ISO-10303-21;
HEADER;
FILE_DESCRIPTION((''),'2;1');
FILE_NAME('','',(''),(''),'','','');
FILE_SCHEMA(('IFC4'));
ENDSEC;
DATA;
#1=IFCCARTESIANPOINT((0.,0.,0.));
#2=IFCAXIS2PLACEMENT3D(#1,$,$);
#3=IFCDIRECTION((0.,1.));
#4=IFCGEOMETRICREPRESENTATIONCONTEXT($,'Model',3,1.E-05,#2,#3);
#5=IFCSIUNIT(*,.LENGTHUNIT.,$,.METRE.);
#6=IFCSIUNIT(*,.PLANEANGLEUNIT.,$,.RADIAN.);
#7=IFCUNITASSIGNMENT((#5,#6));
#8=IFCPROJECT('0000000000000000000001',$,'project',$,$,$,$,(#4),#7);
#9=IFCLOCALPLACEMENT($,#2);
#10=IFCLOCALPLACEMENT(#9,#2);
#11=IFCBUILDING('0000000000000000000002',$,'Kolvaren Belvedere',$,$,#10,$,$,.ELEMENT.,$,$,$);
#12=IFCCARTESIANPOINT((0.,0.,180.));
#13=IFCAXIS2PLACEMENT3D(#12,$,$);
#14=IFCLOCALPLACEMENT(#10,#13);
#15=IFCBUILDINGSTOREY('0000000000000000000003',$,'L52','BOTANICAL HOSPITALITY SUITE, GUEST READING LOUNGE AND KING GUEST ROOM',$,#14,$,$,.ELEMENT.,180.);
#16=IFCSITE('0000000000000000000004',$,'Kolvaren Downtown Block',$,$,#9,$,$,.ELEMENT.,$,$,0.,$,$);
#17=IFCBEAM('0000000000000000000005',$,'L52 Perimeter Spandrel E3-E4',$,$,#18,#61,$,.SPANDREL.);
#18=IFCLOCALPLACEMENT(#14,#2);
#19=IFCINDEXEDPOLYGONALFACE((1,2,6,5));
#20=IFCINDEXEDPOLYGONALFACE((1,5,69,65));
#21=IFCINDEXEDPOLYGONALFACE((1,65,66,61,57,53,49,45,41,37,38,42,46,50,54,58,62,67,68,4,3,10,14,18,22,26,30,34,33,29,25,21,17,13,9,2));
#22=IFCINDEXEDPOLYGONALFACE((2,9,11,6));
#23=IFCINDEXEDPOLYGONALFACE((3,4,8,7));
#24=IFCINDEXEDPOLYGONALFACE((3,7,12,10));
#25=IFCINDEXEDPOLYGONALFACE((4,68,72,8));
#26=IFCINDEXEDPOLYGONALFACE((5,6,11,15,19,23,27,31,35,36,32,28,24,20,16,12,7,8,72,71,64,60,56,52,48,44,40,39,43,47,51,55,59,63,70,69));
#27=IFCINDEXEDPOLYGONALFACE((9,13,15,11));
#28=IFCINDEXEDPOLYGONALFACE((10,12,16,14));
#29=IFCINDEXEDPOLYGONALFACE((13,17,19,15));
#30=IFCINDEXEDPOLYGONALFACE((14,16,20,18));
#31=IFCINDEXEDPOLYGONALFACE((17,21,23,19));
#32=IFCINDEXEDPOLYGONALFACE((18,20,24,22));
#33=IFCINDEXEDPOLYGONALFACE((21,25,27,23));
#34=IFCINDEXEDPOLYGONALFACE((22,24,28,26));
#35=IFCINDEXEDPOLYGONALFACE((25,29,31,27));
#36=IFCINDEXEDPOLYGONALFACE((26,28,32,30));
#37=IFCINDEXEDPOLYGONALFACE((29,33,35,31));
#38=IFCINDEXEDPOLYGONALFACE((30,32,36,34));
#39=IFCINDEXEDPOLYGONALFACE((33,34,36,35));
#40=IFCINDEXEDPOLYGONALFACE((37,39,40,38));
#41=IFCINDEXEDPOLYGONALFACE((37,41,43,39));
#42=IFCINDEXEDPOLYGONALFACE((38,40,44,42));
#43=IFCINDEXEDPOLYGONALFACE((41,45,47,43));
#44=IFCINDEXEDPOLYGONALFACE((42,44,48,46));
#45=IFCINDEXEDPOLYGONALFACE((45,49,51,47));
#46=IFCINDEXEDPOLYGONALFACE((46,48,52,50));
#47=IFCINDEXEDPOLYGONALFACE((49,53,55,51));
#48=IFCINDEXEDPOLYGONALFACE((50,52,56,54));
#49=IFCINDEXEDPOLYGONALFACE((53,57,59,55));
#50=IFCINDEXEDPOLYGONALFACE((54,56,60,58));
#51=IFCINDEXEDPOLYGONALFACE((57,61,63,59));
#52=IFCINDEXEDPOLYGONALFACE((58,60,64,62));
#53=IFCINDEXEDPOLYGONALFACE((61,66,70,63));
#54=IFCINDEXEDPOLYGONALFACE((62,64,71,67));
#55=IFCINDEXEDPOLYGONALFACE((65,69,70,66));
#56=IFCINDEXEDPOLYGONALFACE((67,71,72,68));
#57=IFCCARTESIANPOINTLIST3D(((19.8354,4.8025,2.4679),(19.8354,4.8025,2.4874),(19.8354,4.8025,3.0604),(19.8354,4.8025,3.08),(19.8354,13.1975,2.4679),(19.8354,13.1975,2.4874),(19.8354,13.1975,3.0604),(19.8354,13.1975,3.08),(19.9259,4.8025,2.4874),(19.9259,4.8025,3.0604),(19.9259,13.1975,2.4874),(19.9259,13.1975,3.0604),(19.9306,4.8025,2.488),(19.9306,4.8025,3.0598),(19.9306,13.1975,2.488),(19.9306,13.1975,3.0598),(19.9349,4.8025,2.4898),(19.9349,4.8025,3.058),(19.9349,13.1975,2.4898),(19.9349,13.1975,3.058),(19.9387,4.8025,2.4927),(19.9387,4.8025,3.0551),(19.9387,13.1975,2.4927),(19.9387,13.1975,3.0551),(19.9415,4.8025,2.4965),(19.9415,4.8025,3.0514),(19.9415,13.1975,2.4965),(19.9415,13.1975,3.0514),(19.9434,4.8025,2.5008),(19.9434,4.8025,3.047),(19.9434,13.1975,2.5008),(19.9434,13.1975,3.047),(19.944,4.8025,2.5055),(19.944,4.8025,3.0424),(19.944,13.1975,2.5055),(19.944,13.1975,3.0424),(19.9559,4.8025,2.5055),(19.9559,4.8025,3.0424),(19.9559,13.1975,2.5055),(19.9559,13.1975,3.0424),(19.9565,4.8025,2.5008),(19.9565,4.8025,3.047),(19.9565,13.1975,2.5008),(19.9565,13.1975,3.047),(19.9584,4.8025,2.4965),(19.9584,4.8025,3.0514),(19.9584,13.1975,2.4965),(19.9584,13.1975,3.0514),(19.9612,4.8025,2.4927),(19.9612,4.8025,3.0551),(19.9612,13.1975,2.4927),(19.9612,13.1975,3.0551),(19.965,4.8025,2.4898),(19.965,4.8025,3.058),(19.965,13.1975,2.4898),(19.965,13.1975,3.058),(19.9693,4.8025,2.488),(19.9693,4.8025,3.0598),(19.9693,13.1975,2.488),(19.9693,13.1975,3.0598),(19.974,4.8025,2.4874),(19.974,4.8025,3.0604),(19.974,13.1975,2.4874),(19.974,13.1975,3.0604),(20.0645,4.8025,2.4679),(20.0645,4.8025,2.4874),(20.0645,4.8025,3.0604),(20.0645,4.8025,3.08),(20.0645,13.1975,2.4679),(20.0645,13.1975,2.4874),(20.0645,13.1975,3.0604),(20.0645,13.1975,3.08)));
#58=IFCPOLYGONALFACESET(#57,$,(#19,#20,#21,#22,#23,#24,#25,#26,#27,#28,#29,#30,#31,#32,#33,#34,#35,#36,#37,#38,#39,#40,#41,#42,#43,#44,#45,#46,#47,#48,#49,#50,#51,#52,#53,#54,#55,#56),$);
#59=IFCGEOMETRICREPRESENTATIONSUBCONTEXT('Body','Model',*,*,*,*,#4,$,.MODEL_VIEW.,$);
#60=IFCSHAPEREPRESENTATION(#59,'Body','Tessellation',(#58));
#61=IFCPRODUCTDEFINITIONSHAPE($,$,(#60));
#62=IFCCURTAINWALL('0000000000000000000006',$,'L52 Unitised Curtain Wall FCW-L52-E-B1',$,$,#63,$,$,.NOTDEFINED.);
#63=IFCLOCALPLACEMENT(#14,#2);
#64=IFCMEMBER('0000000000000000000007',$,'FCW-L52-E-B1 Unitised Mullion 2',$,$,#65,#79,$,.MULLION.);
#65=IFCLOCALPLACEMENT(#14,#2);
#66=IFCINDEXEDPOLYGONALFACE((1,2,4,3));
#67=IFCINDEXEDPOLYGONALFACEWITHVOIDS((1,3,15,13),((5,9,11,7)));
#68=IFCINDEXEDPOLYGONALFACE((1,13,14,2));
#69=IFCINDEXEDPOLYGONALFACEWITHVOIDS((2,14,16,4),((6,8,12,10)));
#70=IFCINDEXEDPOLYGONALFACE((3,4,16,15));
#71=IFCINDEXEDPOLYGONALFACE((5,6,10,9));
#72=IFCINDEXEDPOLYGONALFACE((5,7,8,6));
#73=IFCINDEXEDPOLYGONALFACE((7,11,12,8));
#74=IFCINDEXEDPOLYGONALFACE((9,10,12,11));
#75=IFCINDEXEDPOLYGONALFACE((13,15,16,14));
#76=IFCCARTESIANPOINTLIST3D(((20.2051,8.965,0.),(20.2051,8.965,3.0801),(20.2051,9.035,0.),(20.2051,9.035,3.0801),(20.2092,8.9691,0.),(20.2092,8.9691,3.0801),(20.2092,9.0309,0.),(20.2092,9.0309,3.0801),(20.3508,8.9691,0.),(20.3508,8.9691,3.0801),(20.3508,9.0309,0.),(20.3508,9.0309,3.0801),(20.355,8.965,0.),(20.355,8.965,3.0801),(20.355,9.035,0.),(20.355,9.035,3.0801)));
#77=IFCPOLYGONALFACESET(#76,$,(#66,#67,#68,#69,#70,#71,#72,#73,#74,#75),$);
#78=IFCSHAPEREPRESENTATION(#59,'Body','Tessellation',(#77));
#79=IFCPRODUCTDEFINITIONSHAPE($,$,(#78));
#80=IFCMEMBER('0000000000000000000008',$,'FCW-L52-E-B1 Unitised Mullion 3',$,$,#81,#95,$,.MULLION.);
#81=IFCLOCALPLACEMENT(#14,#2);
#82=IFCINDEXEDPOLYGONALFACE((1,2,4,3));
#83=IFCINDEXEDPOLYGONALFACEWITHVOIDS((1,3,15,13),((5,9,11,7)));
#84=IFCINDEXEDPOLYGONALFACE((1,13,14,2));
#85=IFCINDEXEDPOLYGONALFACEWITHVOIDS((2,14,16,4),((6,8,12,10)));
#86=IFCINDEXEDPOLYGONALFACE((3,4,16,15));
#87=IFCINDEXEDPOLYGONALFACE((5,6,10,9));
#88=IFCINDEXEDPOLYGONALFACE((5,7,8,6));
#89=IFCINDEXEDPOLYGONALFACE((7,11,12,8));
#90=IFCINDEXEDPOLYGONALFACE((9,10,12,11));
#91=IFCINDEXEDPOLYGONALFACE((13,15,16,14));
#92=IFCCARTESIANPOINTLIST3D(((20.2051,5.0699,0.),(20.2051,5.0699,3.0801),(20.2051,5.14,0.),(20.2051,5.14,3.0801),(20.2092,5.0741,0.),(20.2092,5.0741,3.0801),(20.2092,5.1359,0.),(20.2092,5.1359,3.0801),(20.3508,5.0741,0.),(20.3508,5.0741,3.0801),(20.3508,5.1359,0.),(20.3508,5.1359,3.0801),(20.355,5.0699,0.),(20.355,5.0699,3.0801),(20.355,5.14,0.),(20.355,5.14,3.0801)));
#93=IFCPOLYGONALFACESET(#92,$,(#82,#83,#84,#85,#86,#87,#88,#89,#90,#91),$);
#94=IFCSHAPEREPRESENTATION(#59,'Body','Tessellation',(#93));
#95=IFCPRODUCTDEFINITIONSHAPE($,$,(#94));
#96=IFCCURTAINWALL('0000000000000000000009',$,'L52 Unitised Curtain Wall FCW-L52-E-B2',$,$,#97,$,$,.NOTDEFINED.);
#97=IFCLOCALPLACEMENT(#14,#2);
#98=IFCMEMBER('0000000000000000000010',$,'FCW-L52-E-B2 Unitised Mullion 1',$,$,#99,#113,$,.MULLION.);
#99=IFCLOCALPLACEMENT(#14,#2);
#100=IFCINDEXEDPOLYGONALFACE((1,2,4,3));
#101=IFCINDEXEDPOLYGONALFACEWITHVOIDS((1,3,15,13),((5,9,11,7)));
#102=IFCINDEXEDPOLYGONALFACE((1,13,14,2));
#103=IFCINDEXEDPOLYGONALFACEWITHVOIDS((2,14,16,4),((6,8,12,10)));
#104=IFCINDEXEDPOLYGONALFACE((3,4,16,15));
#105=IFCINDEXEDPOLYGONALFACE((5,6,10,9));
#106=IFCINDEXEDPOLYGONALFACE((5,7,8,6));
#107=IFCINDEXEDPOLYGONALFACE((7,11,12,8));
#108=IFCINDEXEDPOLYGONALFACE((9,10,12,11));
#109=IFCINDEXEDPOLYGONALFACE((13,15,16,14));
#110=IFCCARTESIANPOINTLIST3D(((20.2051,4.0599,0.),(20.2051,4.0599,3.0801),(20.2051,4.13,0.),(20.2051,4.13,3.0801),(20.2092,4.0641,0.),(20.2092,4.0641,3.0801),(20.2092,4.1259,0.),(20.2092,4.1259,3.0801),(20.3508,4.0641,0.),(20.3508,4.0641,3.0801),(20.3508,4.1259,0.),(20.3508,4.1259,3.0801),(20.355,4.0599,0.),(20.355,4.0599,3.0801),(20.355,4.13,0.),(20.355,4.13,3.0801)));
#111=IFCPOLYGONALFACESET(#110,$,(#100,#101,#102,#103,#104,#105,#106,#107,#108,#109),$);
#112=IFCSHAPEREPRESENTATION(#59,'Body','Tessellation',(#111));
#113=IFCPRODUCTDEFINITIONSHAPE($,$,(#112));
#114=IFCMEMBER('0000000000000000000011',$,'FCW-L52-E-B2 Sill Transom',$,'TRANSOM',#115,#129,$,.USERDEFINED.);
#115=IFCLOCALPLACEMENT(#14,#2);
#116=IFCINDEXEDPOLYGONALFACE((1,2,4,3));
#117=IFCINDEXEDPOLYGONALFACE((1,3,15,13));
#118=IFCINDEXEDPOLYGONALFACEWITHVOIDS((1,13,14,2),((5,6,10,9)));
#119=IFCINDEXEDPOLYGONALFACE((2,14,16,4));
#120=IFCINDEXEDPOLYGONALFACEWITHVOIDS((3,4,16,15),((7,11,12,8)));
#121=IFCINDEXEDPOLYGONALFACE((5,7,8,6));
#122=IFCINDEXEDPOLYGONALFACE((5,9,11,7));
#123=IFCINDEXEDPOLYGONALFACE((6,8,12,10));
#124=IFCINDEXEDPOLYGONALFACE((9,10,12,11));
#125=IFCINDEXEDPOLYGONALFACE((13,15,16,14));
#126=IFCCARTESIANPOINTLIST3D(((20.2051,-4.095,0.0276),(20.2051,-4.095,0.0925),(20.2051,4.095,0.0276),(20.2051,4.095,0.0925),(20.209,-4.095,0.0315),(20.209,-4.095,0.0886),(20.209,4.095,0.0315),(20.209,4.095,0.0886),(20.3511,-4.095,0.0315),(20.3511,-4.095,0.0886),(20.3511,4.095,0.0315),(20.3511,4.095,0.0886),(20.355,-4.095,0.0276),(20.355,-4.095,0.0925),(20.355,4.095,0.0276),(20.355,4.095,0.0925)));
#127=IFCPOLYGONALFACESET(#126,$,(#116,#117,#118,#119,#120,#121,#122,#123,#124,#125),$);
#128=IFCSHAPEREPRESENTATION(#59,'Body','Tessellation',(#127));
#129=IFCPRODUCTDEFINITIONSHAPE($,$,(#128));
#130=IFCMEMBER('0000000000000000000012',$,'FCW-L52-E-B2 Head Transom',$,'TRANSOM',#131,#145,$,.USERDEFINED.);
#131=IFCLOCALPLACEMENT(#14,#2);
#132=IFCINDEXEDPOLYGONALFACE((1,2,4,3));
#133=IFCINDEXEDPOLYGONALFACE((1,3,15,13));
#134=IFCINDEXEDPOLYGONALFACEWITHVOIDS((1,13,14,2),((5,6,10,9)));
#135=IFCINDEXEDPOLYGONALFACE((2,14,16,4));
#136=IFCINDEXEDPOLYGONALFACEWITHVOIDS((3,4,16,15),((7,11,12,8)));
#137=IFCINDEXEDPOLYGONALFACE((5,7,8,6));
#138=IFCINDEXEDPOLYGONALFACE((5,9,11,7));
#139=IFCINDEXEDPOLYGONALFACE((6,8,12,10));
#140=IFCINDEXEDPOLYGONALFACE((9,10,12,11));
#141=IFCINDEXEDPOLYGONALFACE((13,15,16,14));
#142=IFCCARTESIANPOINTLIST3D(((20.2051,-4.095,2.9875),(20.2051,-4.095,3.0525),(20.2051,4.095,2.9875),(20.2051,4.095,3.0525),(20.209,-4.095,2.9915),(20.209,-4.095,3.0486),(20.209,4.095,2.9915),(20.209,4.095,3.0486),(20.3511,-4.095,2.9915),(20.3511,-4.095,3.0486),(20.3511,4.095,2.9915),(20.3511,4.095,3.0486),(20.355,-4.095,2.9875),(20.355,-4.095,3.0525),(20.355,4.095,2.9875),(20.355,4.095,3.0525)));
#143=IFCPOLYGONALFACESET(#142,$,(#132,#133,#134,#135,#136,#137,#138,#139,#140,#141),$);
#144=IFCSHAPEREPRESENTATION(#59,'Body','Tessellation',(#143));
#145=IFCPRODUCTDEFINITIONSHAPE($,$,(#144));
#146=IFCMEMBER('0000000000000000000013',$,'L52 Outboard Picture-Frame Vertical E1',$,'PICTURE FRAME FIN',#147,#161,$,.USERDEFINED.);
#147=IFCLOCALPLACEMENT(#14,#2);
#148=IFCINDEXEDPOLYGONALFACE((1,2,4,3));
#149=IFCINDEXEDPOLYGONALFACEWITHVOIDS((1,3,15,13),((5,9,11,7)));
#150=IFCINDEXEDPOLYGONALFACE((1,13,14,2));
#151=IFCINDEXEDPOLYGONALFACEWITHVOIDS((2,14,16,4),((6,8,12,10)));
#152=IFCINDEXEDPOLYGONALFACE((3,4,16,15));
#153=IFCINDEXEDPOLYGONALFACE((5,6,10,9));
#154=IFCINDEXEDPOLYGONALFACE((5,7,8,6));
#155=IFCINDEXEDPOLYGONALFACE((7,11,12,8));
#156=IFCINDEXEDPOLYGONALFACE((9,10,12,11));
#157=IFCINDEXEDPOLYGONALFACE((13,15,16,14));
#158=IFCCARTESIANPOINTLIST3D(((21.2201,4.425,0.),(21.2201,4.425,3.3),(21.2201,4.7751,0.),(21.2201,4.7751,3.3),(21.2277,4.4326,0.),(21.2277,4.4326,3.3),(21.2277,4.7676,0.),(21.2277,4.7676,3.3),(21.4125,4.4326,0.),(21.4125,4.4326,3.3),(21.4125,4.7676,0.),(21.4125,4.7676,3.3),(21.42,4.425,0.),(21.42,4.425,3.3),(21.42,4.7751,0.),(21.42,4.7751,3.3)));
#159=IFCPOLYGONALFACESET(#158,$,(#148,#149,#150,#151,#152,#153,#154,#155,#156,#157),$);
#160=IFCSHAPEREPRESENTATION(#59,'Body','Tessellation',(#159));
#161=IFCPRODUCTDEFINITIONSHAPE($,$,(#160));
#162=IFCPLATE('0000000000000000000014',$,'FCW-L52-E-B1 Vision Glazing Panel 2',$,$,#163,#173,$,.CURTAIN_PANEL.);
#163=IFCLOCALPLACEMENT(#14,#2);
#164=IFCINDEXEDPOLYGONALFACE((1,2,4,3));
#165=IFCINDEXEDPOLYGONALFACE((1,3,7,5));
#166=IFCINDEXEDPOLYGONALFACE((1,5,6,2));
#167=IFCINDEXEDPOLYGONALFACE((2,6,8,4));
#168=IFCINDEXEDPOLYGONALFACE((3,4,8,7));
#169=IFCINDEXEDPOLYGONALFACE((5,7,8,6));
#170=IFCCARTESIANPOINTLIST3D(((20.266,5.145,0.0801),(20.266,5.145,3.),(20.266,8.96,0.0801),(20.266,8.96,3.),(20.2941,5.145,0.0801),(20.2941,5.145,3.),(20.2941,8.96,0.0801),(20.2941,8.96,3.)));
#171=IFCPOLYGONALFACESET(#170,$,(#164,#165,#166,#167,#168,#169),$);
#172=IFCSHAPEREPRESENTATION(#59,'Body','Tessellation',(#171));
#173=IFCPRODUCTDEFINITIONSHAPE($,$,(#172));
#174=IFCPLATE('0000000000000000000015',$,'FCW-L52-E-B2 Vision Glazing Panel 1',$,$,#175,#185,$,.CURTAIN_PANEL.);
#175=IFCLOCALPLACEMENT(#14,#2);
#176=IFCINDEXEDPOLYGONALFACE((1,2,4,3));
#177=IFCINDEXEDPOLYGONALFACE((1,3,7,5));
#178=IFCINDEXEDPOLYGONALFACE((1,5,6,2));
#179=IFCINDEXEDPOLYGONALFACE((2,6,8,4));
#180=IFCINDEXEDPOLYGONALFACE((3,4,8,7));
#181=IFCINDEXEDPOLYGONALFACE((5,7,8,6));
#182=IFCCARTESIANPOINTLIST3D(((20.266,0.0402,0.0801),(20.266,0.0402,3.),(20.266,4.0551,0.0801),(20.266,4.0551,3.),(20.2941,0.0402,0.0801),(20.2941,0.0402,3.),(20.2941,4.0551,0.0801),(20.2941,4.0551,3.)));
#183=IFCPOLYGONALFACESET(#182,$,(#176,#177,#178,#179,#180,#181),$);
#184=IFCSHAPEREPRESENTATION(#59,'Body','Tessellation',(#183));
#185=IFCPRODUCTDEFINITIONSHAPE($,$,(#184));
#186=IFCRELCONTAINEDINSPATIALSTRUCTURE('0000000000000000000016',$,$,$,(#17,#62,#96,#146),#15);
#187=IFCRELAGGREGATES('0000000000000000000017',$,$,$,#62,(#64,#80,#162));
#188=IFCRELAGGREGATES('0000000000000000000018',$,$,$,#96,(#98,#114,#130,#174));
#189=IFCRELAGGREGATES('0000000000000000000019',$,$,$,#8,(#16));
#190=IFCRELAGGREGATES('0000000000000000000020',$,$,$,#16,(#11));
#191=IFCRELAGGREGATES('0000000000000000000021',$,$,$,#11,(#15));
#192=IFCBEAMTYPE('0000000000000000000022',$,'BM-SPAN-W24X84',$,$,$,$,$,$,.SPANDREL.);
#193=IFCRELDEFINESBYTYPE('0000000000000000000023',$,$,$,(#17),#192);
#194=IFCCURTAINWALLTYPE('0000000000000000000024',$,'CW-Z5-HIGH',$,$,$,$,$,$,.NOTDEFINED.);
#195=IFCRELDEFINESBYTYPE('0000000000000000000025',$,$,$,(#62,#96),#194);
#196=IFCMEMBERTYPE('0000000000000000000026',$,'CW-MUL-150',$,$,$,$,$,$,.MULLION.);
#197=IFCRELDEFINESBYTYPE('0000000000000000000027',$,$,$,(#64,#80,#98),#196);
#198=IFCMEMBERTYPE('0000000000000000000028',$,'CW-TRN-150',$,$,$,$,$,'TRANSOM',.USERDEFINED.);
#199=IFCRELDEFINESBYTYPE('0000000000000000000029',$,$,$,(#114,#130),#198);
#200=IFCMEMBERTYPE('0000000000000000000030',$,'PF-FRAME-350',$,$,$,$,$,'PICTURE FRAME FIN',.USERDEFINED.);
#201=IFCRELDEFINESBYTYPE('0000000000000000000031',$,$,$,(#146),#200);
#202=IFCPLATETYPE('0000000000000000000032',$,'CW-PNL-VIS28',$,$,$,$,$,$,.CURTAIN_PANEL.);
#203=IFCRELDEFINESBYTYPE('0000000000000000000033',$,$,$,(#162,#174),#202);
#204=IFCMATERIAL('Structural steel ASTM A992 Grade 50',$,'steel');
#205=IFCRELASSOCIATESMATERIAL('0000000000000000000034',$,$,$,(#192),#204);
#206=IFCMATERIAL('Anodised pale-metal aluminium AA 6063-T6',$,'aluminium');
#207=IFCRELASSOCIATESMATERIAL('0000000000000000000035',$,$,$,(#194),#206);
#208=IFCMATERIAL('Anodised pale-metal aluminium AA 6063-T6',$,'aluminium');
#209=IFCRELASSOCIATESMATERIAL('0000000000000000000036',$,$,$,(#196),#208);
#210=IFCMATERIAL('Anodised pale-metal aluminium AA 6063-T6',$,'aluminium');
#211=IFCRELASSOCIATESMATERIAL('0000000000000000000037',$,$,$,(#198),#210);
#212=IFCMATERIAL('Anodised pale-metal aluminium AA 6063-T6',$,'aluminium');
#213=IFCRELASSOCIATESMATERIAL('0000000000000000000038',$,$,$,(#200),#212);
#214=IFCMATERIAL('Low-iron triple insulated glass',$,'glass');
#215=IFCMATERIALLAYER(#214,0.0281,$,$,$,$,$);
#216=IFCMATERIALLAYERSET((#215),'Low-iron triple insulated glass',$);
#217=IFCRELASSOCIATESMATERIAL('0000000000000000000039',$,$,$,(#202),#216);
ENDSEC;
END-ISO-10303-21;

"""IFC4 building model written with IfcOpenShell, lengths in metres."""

from ifc_helpers import new_model, si_unit, direction, frame, origin, origin_2d, place, context, subcontext, project, spatial, rectangle, hollow_rectangle, i_section, extrude, material, layer, layer_set, material_profile, profile_set, type_object, element, aggregate, save


model = new_model("IFC4")

# Units and contexts
model_context = context("Model", 3, precision=1e-05, world=origin(), true_north=direction((0.0, 1.0)))
body_context = subcontext(model_context, "Body", "Model", "MODEL_VIEW")
ifc_project = project(units=[si_unit("LENGTHUNIT", "METRE"), si_unit("PLANEANGLEUNIT", "RADIAN")], contexts=[model_context])

# Site, building, storey
site_placement = place(None, origin())
site = spatial("IfcSite", under=ifc_project, at=site_placement, Name="Kolvaren Downtown Block", CompositionType="ELEMENT", RefElevation=0.0)
building_placement = place(site_placement, origin())
building = spatial("IfcBuilding", under=site, at=building_placement, Name="Kolvaren Belvedere", CompositionType="ELEMENT")
storey_placement = place(building_placement, frame((0.0, 0.0, 180.0)))
storey = spatial("IfcBuildingStorey", under=building, at=storey_placement, Name="L52", Description="BOTANICAL HOSPITALITY SUITE, GUEST READING LOUNGE AND KING GUEST ROOM", CompositionType="ELEMENT", Elevation=180.0)

# Beam
ifc_material_1 = material(Name="Structural steel ASTM A992 Grade 50", Category="steel")
ifc_material_profile_1 = material_profile(ifc_material_1, i_section(OverallWidth=0.229, OverallDepth=0.6121, WebThickness=0.012, FlangeThickness=0.0195, FilletRadius=0.0181, at=origin_2d()), Name="W24X84")
ifc_profile_set_1 = profile_set([ifc_material_profile_1], Name="Structural steel ASTM A992 Grade 50")
beam_type_1 = type_object("IfcBeamType", Name="BM-SPAN-W24X84", PredefinedType="SPANDREL", material=ifc_profile_set_1)
beam_1_placement = place(storey_placement, frame((19.95, 4.8025, 2.7739), z_axis=(0.0, 1.0, 0.0), x_axis=(-1.0, 0.0, 0.0)))
element("IfcBeam", 1, at=beam_1_placement, inside=storey, type_object=beam_type_1, Name="L52 Perimeter Spandrel E3-E4", PredefinedType="SPANDREL", context=body_context, shape_type="SweptSolid", body=[
    extrude(i_section(OverallWidth=0.229, OverallDepth=0.6121, WebThickness=0.012, FlangeThickness=0.0195, FilletRadius=0.0181, at=origin_2d()), origin(), (0.0, 0.0, 1.0), 8.395),
])

# Curtain walls, members
ifc_material_2 = material(Name="Anodised pale-metal aluminium AA 6063-T6", Category="aluminium")
curtain_wall_type = type_object("IfcCurtainWallType", Name="CW-Z5-HIGH", PredefinedType="NOTDEFINED", material=ifc_material_2)
curtain_wall_1_placement = place(storey_placement, origin())
curtain_wall_1 = element("IfcCurtainWall", 2, at=curtain_wall_1_placement, inside=storey, type_object=curtain_wall_type, Name="L52 Unitised Curtain Wall FCW-L52-E-B1", PredefinedType="NOTDEFINED")
ifc_material_3 = material(Name="Anodised pale-metal aluminium AA 6063-T6", Category="aluminium")
ifc_material_profile_2 = material_profile(ifc_material_3, hollow_rectangle(XDim=0.0701, YDim=0.1499, WallThickness=0.0042, at=origin_2d()), Name="ALU-MUL-150X70")
ifc_profile_set_2 = profile_set([ifc_material_profile_2], Name="Anodised pale-metal aluminium AA 6063-T6")
member_type_1 = type_object("IfcMemberType", Name="CW-MUL-150", PredefinedType="MULLION", material=ifc_profile_set_2)
member_1_placement = place(storey_placement, frame((20.28, 9.0, 0.0), z_axis=(0.0, 0.0, 1.0), x_axis=(0.0, 1.0, 0.0)))
member_1 = element("IfcMember", 3, at=member_1_placement, type_object=member_type_1, Name="FCW-L52-E-B1 Unitised Mullion 2", PredefinedType="MULLION", context=body_context, shape_type="SweptSolid", body=[
    extrude(hollow_rectangle(XDim=0.0701, YDim=0.1499, WallThickness=0.0042, at=origin_2d()), origin(), (0.0, 0.0, 1.0), 3.0801),
])
member_2_placement = place(storey_placement, frame((20.28, 5.105, 0.0), z_axis=(0.0, 0.0, 1.0), x_axis=(0.0, 1.0, 0.0)))
member_2 = element("IfcMember", 4, at=member_2_placement, type_object=member_type_1, Name="FCW-L52-E-B1 Unitised Mullion 3", PredefinedType="MULLION", context=body_context, shape_type="SweptSolid", body=[
    extrude(hollow_rectangle(XDim=0.0701, YDim=0.1499, WallThickness=0.0042, at=origin_2d()), origin(), (0.0, 0.0, 1.0), 3.0801),
])
curtain_wall_2_placement = place(storey_placement, origin())
curtain_wall_2 = element("IfcCurtainWall", 5, at=curtain_wall_2_placement, inside=storey, type_object=curtain_wall_type, Name="L52 Unitised Curtain Wall FCW-L52-E-B2", PredefinedType="NOTDEFINED")
member_3_placement = place(storey_placement, frame((20.28, 4.095, 0.0), z_axis=(0.0, 0.0, 1.0), x_axis=(0.0, 1.0, 0.0)))
member_3 = element("IfcMember", 6, at=member_3_placement, type_object=member_type_1, Name="FCW-L52-E-B2 Unitised Mullion 1", PredefinedType="MULLION", context=body_context, shape_type="SweptSolid", body=[
    extrude(hollow_rectangle(XDim=0.0701, YDim=0.1499, WallThickness=0.0042, at=origin_2d()), origin(), (0.0, 0.0, 1.0), 3.0801),
])
ifc_material_4 = material(Name="Anodised pale-metal aluminium AA 6063-T6", Category="aluminium")
ifc_material_profile_3 = material_profile(ifc_material_4, hollow_rectangle(XDim=0.0649, YDim=0.1499, WallThickness=0.0039, at=origin_2d()), Name="ALU-TRN-150X65")
ifc_profile_set_3 = profile_set([ifc_material_profile_3], Name="Anodised pale-metal aluminium AA 6063-T6")
member_type_2 = type_object("IfcMemberType", Name="CW-TRN-150", ElementType="TRANSOM", PredefinedType="USERDEFINED", material=ifc_profile_set_3)
member_4_placement = place(storey_placement, frame((20.28, 4.095, 0.0601), z_axis=(0.0, -1.0, 0.0), x_axis=(0.0, 0.0, 1.0)))
member_4 = element("IfcMember", 7, at=member_4_placement, type_object=member_type_2, Name="FCW-L52-E-B2 Sill Transom", ObjectType="TRANSOM", PredefinedType="USERDEFINED", context=body_context, shape_type="SweptSolid", body=[
    extrude(hollow_rectangle(XDim=0.0649, YDim=0.1499, WallThickness=0.0039, at=origin_2d()), origin(), (0.0, 0.0, 1.0), 8.1899),
])
member_5_placement = place(storey_placement, frame((20.28, 4.095, 3.02), z_axis=(0.0, -1.0, 0.0), x_axis=(0.0, 0.0, 1.0)))
member_5 = element("IfcMember", 8, at=member_5_placement, type_object=member_type_2, Name="FCW-L52-E-B2 Head Transom", ObjectType="TRANSOM", PredefinedType="USERDEFINED", context=body_context, shape_type="SweptSolid", body=[
    extrude(hollow_rectangle(XDim=0.0649, YDim=0.1499, WallThickness=0.0039, at=origin_2d()), origin(), (0.0, 0.0, 1.0), 8.1899),
])

# Member
ifc_material_5 = material(Name="Anodised pale-metal aluminium AA 6063-T6", Category="aluminium")
ifc_material_profile_4 = material_profile(ifc_material_5, hollow_rectangle(XDim=0.2, YDim=0.3501, WallThickness=0.0076, at=origin_2d()), Name="ALU-PF-350X200")
ifc_profile_set_4 = profile_set([ifc_material_profile_4], Name="Anodised pale-metal aluminium AA 6063-T6")
member_type_3 = type_object("IfcMemberType", Name="PF-FRAME-350", ElementType="PICTURE FRAME FIN", PredefinedType="USERDEFINED", material=ifc_profile_set_4)
member_6_placement = place(storey_placement, frame((21.3201, 4.6001, 0.0), z_axis=(0.0, 0.0, 1.0), x_axis=(1.0, 0.0, 0.0)))
element("IfcMember", 9, at=member_6_placement, inside=storey, type_object=member_type_3, Name="L52 Outboard Picture-Frame Vertical E1", ObjectType="PICTURE FRAME FIN", PredefinedType="USERDEFINED", context=body_context, shape_type="SweptSolid", body=[
    extrude(hollow_rectangle(XDim=0.2, YDim=0.3501, WallThickness=0.0076, at=origin_2d()), origin(), (0.0, 0.0, 1.0), 3.3),
])

# Plates
ifc_material_6 = material(Name="Low-iron triple insulated glass", Category="glass")
ifc_layer_1 = layer(ifc_material_6, 0.0281)
ifc_layer_set_1 = layer_set([ifc_layer_1], Name="Low-iron triple insulated glass")
plate_type_1 = type_object("IfcPlateType", Name="CW-PNL-VIS28", PredefinedType="CURTAIN_PANEL", material=ifc_layer_set_1)
plate_1_placement = place(storey_placement, frame((20.28, 7.0525, 0.0801), z_axis=(0.0, 0.0, 1.0), x_axis=(0.0, -1.0, 0.0)))
plate_1 = element("IfcPlate", 10, at=plate_1_placement, type_object=plate_type_1, Name="FCW-L52-E-B1 Vision Glazing Panel 2", PredefinedType="CURTAIN_PANEL", context=body_context, shape_type="SweptSolid", body=[
    extrude(rectangle(XDim=3.8149, YDim=0.0281, at=origin_2d()), origin(), (0.0, 0.0, 1.0), 2.9199),
])
aggregate(curtain_wall_1, [member_1, member_2, plate_1])
plate_2_placement = place(storey_placement, frame((20.28, 2.0476, 0.0801), z_axis=(0.0, 0.0, 1.0), x_axis=(0.0, -1.0, 0.0)))
plate_2 = element("IfcPlate", 11, at=plate_2_placement, type_object=plate_type_1, Name="FCW-L52-E-B2 Vision Glazing Panel 1", PredefinedType="CURTAIN_PANEL", context=body_context, shape_type="SweptSolid", body=[
    extrude(rectangle(XDim=4.0149, YDim=0.0281, at=origin_2d()), origin(), (0.0, 0.0, 1.0), 2.9199),
])
aggregate(curtain_wall_2, [member_3, member_4, member_5, plate_2])

save(model, "model.ifc")
